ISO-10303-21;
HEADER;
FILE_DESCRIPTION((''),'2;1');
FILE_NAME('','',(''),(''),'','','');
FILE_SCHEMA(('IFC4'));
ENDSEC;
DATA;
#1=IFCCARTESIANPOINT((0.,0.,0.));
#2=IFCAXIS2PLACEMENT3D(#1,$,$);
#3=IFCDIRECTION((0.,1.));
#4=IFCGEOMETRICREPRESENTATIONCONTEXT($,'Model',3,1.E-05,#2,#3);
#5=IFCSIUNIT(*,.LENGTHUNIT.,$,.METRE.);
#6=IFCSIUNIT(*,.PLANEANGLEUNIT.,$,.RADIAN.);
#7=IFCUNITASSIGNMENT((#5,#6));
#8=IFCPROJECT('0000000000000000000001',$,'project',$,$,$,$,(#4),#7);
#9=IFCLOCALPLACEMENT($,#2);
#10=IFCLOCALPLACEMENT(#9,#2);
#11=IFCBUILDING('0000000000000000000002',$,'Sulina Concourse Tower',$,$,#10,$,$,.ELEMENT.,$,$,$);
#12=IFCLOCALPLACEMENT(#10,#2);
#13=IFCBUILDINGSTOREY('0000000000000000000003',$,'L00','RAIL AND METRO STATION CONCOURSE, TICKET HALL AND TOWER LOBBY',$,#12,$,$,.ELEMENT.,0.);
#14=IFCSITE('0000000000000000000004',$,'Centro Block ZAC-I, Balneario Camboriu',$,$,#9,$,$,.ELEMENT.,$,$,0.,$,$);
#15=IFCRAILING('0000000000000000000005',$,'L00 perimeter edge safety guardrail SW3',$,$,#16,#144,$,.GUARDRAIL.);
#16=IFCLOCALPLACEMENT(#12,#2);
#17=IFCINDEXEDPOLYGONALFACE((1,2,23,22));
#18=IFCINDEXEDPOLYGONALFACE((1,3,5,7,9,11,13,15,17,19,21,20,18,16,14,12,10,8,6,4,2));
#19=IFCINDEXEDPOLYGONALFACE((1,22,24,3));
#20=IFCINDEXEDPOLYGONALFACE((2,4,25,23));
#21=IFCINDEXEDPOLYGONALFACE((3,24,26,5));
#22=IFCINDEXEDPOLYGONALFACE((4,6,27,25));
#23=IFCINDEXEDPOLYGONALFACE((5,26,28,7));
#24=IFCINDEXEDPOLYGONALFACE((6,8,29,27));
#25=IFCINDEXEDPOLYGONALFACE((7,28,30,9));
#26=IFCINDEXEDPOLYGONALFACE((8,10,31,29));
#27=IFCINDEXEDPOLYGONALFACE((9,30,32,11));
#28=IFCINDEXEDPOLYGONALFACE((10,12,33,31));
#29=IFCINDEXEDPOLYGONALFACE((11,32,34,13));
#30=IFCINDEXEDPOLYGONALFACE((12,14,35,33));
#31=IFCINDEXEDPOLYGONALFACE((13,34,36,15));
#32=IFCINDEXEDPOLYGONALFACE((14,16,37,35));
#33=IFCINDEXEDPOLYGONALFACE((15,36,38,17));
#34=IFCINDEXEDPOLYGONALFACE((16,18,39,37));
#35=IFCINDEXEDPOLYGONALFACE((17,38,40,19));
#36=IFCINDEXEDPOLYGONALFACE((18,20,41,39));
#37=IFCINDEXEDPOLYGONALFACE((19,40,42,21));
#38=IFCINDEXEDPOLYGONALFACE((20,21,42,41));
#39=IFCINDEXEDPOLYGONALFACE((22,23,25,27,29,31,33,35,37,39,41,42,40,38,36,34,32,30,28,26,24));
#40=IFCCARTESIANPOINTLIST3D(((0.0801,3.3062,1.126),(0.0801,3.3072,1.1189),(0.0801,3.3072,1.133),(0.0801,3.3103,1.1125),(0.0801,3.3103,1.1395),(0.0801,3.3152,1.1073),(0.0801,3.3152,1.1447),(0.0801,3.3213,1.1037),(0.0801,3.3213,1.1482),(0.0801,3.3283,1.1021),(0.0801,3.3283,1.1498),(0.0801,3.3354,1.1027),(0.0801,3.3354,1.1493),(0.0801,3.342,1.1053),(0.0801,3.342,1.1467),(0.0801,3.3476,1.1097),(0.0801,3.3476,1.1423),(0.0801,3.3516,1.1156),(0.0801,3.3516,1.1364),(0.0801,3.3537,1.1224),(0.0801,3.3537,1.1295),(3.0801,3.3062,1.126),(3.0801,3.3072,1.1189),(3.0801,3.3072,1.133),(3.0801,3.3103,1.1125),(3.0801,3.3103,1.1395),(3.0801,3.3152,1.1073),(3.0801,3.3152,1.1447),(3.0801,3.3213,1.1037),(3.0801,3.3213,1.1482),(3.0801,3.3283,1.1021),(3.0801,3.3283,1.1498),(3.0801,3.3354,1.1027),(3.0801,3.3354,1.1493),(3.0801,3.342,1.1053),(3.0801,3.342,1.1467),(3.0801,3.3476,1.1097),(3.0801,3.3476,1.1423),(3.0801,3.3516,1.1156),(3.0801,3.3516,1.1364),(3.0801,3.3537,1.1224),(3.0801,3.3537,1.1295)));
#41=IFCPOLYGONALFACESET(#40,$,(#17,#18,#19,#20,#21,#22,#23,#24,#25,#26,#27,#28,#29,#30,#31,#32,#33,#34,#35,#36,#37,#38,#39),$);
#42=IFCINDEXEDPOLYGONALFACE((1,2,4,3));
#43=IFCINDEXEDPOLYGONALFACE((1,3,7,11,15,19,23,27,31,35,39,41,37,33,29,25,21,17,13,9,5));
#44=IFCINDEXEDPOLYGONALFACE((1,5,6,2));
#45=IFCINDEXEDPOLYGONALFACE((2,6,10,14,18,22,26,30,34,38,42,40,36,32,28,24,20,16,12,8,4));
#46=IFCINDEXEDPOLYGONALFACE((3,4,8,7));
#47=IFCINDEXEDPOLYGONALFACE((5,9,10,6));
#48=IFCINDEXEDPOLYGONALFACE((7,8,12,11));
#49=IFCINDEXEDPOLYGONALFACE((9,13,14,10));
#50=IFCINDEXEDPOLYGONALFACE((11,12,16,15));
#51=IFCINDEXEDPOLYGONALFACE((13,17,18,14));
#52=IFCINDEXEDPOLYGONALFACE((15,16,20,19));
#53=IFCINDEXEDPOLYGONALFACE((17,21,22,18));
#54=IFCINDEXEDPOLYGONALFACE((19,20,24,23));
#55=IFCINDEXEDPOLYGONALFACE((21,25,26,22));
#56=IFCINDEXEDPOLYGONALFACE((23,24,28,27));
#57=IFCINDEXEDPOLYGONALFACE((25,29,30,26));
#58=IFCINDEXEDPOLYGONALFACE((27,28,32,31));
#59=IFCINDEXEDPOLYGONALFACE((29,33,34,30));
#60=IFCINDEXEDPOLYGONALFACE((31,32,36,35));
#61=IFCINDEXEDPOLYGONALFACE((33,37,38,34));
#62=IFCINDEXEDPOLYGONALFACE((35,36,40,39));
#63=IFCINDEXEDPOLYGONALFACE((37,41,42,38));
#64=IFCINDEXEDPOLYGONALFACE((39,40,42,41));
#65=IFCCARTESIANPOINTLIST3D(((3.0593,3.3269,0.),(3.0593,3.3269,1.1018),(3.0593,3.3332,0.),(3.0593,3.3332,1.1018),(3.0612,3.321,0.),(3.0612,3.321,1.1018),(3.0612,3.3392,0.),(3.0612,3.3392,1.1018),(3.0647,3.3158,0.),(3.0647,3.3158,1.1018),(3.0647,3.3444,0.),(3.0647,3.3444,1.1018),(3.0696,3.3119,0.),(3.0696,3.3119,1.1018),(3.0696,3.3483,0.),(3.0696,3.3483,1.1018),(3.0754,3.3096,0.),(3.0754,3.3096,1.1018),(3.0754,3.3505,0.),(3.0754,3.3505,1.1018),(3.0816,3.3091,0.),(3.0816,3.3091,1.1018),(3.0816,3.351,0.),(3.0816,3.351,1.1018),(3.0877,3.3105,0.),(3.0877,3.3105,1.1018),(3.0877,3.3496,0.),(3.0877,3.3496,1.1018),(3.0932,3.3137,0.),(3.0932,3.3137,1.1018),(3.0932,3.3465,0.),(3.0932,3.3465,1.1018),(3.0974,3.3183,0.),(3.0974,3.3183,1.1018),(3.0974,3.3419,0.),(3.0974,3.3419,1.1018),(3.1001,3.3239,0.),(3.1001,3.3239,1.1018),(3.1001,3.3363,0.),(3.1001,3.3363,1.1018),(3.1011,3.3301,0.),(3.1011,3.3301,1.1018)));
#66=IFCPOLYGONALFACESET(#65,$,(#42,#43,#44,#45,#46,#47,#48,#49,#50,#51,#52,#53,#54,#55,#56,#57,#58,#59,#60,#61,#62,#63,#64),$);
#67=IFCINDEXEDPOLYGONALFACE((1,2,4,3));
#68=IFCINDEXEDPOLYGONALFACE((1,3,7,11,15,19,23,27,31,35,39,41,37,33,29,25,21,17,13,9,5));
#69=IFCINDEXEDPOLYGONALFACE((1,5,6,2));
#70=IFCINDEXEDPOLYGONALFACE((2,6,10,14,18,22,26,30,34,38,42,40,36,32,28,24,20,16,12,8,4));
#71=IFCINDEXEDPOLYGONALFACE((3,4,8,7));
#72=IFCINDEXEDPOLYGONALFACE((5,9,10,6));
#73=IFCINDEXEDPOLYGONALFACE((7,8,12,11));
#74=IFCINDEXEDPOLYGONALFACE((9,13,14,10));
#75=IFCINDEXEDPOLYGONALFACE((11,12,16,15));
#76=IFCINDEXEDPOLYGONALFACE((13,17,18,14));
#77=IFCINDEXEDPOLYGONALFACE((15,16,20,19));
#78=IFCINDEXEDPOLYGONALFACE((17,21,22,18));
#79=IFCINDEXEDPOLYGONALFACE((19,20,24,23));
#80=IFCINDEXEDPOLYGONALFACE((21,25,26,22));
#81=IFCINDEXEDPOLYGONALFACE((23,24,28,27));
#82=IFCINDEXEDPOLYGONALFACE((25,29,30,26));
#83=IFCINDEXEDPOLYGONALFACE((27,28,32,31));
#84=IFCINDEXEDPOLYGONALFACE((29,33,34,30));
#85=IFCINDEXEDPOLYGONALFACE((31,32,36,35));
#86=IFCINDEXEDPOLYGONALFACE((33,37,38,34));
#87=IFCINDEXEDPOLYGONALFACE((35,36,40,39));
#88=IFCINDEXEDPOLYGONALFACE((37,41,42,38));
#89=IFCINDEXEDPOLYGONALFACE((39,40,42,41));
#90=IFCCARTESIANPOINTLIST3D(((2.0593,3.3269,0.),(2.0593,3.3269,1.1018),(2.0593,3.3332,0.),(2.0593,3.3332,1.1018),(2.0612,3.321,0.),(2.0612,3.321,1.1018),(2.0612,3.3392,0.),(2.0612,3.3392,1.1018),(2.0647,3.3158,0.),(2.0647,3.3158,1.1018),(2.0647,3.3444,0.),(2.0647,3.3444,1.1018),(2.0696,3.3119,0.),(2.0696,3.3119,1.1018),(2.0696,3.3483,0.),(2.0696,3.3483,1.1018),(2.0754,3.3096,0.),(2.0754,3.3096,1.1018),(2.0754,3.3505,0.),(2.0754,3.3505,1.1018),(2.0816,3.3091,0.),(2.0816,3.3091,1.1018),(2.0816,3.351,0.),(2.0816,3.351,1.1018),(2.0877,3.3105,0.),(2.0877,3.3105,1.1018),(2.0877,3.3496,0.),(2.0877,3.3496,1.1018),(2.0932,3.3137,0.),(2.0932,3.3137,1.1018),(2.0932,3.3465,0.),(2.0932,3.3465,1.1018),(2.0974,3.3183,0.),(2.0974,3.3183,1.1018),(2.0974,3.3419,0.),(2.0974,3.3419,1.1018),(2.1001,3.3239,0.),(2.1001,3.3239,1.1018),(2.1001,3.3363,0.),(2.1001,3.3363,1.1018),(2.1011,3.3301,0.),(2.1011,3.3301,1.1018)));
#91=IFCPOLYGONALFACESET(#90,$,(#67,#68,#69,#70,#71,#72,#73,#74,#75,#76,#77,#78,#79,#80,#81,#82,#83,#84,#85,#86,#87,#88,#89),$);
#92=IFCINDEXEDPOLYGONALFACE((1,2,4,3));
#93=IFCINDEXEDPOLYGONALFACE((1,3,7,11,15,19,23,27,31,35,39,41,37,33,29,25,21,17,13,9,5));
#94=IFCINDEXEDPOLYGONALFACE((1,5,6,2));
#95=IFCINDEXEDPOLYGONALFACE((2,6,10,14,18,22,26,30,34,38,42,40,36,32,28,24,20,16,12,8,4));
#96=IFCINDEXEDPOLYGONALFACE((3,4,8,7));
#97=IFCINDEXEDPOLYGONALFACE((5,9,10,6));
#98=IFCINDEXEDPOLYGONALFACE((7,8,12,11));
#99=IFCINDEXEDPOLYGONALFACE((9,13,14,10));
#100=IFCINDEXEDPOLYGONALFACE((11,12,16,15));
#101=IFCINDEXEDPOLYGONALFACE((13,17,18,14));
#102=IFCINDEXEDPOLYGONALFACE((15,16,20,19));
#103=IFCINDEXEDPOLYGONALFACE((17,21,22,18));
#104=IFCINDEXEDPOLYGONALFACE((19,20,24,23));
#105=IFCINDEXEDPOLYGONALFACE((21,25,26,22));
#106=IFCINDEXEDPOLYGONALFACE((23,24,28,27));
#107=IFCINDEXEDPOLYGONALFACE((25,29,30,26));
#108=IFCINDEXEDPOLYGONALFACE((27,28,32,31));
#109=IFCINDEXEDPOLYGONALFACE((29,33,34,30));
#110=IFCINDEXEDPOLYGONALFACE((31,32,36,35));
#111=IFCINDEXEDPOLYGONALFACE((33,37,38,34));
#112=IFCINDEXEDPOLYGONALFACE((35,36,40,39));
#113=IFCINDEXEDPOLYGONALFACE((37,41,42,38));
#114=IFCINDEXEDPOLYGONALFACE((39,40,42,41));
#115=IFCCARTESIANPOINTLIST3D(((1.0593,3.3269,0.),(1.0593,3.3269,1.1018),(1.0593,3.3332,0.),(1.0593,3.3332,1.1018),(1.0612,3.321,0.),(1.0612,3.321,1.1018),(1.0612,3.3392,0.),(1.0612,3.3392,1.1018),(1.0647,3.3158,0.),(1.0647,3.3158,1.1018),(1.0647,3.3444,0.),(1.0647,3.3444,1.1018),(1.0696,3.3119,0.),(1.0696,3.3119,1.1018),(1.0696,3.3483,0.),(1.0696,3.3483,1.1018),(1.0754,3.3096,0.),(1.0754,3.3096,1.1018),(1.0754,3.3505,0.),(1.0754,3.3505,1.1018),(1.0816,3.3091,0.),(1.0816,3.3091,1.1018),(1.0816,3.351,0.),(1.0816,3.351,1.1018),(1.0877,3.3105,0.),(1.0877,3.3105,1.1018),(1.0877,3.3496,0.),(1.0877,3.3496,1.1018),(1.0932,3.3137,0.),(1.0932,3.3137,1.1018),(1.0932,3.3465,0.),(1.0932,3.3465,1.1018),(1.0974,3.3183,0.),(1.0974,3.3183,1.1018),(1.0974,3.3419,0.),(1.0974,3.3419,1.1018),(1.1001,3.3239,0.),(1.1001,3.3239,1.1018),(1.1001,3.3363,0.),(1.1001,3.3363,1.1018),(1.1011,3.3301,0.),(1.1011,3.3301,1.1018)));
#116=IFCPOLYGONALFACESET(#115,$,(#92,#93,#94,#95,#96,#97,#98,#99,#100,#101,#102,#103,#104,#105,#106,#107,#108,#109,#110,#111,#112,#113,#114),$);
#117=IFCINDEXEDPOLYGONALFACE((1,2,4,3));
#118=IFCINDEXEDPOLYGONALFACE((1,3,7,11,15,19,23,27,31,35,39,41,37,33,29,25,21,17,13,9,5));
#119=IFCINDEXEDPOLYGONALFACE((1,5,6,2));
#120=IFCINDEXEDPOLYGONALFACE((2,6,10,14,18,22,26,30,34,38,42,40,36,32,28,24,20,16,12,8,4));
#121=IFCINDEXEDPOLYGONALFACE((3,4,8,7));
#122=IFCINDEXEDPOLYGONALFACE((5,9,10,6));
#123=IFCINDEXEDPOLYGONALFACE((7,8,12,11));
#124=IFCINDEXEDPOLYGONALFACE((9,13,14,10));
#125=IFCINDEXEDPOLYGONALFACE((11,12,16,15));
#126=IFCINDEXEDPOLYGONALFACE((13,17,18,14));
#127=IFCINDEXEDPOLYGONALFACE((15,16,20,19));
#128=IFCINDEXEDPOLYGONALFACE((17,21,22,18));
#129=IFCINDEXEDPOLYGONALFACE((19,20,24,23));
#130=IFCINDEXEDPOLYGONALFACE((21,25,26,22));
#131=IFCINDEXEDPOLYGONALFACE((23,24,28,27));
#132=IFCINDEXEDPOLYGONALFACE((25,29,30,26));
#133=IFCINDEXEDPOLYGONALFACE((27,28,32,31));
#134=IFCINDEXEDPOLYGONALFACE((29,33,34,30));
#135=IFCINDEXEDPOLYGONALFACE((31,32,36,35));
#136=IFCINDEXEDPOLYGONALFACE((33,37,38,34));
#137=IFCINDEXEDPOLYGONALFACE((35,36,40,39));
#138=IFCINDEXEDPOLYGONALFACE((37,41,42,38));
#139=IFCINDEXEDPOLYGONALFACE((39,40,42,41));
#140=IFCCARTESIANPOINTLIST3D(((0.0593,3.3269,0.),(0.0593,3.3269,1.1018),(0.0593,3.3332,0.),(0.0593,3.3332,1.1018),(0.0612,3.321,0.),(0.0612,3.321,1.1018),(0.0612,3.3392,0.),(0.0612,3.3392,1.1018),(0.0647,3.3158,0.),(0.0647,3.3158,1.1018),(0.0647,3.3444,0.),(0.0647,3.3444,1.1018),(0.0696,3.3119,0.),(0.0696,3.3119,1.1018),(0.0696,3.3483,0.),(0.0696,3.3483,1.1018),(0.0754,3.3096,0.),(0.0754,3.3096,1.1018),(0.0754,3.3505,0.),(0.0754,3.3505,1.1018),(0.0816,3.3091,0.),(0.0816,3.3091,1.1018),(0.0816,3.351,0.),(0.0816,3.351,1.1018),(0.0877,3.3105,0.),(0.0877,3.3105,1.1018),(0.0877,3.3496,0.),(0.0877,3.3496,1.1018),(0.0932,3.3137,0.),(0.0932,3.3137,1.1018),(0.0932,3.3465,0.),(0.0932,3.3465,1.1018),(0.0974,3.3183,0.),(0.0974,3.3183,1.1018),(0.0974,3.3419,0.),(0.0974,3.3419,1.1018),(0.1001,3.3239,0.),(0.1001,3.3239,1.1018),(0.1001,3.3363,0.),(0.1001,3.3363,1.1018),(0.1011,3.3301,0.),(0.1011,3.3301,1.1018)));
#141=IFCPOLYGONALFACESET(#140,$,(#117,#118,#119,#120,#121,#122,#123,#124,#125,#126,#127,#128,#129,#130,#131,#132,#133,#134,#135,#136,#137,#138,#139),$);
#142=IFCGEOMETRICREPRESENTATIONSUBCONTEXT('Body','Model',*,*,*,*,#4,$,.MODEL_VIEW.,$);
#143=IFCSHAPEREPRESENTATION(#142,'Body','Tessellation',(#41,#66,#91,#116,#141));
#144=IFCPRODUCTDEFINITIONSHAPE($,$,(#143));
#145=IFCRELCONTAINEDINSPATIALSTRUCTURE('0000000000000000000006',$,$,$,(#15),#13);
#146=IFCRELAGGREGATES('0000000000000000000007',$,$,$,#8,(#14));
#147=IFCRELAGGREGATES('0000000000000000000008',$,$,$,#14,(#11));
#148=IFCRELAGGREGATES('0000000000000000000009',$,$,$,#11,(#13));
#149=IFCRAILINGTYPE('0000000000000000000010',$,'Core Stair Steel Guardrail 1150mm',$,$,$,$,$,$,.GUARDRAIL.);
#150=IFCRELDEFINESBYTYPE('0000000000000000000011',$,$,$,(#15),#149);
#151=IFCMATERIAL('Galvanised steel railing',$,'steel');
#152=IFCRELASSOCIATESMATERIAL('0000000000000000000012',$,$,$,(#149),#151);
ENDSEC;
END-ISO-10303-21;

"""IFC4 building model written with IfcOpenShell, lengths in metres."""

from ifc_helpers import new_model, si_unit, direction, frame, origin, origin_2d, place, context, subcontext, project, spatial, circle, extrude, material, type_object, element, save


model = new_model("IFC4")

# Units and contexts
model_context = context("Model", 3, precision=1e-05, world=origin(), true_north=direction((0.0, 1.0)))
body_context = subcontext(model_context, "Body", "Model", "MODEL_VIEW")
ifc_project = project(units=[si_unit("LENGTHUNIT", "METRE"), si_unit("PLANEANGLEUNIT", "RADIAN")], contexts=[model_context])

# Site, building, storey
site_placement = place(None, origin())
site = spatial("IfcSite", under=ifc_project, at=site_placement, Name="Centro Block ZAC-I, Balneario Camboriu", CompositionType="ELEMENT", RefElevation=0.0)
building_placement = place(site_placement, origin())
building = spatial("IfcBuilding", under=site, at=building_placement, Name="Sulina Concourse Tower", CompositionType="ELEMENT")
storey_placement = place(building_placement, origin())
storey = spatial("IfcBuildingStorey", under=building, at=storey_placement, Name="L00", Description="RAIL AND METRO STATION CONCOURSE, TICKET HALL AND TOWER LOBBY", CompositionType="ELEMENT", Elevation=0.0)

# Railing
ifc_material_1 = material(Name="Galvanised steel railing", Category="steel")
railing_type = type_object("IfcRailingType", Name="Core Stair Steel Guardrail 1150mm", PredefinedType="GUARDRAIL", material=ifc_material_1)
railing_1_placement = place(storey_placement, frame((3.0801, 3.3301, 0.0)))
element("IfcRailing", 1, at=railing_1_placement, inside=storey, type_object=railing_type, Name="L00 perimeter edge safety guardrail SW3", PredefinedType="GUARDRAIL", context=body_context, shape_type="SweptSolid", body=[
    extrude(circle(Radius=0.0239, at=origin_2d()), frame((0.0, 0.0, 1.126), z_axis=(-1.0, 0.0, 0.0), x_axis=(0.0, -1.0, 0.0)), (0.0, 0.0, 1.0), 3.0),
    extrude(circle(Radius=0.021, at=origin_2d()), origin(), (0.0, 0.0, 1.0), 1.1018),
    extrude(circle(Radius=0.021, at=origin_2d()), frame((-1.0, 0.0, 0.0)), (0.0, 0.0, 1.0), 1.1018),
    extrude(circle(Radius=0.021, at=origin_2d()), frame((-2.0, 0.0, 0.0)), (0.0, 0.0, 1.0), 1.1018),
    extrude(circle(Radius=0.021, at=origin_2d()), frame((-3.0, 0.0, 0.0)), (0.0, 0.0, 1.0), 1.1018),
])

save(model, "model.ifc")
